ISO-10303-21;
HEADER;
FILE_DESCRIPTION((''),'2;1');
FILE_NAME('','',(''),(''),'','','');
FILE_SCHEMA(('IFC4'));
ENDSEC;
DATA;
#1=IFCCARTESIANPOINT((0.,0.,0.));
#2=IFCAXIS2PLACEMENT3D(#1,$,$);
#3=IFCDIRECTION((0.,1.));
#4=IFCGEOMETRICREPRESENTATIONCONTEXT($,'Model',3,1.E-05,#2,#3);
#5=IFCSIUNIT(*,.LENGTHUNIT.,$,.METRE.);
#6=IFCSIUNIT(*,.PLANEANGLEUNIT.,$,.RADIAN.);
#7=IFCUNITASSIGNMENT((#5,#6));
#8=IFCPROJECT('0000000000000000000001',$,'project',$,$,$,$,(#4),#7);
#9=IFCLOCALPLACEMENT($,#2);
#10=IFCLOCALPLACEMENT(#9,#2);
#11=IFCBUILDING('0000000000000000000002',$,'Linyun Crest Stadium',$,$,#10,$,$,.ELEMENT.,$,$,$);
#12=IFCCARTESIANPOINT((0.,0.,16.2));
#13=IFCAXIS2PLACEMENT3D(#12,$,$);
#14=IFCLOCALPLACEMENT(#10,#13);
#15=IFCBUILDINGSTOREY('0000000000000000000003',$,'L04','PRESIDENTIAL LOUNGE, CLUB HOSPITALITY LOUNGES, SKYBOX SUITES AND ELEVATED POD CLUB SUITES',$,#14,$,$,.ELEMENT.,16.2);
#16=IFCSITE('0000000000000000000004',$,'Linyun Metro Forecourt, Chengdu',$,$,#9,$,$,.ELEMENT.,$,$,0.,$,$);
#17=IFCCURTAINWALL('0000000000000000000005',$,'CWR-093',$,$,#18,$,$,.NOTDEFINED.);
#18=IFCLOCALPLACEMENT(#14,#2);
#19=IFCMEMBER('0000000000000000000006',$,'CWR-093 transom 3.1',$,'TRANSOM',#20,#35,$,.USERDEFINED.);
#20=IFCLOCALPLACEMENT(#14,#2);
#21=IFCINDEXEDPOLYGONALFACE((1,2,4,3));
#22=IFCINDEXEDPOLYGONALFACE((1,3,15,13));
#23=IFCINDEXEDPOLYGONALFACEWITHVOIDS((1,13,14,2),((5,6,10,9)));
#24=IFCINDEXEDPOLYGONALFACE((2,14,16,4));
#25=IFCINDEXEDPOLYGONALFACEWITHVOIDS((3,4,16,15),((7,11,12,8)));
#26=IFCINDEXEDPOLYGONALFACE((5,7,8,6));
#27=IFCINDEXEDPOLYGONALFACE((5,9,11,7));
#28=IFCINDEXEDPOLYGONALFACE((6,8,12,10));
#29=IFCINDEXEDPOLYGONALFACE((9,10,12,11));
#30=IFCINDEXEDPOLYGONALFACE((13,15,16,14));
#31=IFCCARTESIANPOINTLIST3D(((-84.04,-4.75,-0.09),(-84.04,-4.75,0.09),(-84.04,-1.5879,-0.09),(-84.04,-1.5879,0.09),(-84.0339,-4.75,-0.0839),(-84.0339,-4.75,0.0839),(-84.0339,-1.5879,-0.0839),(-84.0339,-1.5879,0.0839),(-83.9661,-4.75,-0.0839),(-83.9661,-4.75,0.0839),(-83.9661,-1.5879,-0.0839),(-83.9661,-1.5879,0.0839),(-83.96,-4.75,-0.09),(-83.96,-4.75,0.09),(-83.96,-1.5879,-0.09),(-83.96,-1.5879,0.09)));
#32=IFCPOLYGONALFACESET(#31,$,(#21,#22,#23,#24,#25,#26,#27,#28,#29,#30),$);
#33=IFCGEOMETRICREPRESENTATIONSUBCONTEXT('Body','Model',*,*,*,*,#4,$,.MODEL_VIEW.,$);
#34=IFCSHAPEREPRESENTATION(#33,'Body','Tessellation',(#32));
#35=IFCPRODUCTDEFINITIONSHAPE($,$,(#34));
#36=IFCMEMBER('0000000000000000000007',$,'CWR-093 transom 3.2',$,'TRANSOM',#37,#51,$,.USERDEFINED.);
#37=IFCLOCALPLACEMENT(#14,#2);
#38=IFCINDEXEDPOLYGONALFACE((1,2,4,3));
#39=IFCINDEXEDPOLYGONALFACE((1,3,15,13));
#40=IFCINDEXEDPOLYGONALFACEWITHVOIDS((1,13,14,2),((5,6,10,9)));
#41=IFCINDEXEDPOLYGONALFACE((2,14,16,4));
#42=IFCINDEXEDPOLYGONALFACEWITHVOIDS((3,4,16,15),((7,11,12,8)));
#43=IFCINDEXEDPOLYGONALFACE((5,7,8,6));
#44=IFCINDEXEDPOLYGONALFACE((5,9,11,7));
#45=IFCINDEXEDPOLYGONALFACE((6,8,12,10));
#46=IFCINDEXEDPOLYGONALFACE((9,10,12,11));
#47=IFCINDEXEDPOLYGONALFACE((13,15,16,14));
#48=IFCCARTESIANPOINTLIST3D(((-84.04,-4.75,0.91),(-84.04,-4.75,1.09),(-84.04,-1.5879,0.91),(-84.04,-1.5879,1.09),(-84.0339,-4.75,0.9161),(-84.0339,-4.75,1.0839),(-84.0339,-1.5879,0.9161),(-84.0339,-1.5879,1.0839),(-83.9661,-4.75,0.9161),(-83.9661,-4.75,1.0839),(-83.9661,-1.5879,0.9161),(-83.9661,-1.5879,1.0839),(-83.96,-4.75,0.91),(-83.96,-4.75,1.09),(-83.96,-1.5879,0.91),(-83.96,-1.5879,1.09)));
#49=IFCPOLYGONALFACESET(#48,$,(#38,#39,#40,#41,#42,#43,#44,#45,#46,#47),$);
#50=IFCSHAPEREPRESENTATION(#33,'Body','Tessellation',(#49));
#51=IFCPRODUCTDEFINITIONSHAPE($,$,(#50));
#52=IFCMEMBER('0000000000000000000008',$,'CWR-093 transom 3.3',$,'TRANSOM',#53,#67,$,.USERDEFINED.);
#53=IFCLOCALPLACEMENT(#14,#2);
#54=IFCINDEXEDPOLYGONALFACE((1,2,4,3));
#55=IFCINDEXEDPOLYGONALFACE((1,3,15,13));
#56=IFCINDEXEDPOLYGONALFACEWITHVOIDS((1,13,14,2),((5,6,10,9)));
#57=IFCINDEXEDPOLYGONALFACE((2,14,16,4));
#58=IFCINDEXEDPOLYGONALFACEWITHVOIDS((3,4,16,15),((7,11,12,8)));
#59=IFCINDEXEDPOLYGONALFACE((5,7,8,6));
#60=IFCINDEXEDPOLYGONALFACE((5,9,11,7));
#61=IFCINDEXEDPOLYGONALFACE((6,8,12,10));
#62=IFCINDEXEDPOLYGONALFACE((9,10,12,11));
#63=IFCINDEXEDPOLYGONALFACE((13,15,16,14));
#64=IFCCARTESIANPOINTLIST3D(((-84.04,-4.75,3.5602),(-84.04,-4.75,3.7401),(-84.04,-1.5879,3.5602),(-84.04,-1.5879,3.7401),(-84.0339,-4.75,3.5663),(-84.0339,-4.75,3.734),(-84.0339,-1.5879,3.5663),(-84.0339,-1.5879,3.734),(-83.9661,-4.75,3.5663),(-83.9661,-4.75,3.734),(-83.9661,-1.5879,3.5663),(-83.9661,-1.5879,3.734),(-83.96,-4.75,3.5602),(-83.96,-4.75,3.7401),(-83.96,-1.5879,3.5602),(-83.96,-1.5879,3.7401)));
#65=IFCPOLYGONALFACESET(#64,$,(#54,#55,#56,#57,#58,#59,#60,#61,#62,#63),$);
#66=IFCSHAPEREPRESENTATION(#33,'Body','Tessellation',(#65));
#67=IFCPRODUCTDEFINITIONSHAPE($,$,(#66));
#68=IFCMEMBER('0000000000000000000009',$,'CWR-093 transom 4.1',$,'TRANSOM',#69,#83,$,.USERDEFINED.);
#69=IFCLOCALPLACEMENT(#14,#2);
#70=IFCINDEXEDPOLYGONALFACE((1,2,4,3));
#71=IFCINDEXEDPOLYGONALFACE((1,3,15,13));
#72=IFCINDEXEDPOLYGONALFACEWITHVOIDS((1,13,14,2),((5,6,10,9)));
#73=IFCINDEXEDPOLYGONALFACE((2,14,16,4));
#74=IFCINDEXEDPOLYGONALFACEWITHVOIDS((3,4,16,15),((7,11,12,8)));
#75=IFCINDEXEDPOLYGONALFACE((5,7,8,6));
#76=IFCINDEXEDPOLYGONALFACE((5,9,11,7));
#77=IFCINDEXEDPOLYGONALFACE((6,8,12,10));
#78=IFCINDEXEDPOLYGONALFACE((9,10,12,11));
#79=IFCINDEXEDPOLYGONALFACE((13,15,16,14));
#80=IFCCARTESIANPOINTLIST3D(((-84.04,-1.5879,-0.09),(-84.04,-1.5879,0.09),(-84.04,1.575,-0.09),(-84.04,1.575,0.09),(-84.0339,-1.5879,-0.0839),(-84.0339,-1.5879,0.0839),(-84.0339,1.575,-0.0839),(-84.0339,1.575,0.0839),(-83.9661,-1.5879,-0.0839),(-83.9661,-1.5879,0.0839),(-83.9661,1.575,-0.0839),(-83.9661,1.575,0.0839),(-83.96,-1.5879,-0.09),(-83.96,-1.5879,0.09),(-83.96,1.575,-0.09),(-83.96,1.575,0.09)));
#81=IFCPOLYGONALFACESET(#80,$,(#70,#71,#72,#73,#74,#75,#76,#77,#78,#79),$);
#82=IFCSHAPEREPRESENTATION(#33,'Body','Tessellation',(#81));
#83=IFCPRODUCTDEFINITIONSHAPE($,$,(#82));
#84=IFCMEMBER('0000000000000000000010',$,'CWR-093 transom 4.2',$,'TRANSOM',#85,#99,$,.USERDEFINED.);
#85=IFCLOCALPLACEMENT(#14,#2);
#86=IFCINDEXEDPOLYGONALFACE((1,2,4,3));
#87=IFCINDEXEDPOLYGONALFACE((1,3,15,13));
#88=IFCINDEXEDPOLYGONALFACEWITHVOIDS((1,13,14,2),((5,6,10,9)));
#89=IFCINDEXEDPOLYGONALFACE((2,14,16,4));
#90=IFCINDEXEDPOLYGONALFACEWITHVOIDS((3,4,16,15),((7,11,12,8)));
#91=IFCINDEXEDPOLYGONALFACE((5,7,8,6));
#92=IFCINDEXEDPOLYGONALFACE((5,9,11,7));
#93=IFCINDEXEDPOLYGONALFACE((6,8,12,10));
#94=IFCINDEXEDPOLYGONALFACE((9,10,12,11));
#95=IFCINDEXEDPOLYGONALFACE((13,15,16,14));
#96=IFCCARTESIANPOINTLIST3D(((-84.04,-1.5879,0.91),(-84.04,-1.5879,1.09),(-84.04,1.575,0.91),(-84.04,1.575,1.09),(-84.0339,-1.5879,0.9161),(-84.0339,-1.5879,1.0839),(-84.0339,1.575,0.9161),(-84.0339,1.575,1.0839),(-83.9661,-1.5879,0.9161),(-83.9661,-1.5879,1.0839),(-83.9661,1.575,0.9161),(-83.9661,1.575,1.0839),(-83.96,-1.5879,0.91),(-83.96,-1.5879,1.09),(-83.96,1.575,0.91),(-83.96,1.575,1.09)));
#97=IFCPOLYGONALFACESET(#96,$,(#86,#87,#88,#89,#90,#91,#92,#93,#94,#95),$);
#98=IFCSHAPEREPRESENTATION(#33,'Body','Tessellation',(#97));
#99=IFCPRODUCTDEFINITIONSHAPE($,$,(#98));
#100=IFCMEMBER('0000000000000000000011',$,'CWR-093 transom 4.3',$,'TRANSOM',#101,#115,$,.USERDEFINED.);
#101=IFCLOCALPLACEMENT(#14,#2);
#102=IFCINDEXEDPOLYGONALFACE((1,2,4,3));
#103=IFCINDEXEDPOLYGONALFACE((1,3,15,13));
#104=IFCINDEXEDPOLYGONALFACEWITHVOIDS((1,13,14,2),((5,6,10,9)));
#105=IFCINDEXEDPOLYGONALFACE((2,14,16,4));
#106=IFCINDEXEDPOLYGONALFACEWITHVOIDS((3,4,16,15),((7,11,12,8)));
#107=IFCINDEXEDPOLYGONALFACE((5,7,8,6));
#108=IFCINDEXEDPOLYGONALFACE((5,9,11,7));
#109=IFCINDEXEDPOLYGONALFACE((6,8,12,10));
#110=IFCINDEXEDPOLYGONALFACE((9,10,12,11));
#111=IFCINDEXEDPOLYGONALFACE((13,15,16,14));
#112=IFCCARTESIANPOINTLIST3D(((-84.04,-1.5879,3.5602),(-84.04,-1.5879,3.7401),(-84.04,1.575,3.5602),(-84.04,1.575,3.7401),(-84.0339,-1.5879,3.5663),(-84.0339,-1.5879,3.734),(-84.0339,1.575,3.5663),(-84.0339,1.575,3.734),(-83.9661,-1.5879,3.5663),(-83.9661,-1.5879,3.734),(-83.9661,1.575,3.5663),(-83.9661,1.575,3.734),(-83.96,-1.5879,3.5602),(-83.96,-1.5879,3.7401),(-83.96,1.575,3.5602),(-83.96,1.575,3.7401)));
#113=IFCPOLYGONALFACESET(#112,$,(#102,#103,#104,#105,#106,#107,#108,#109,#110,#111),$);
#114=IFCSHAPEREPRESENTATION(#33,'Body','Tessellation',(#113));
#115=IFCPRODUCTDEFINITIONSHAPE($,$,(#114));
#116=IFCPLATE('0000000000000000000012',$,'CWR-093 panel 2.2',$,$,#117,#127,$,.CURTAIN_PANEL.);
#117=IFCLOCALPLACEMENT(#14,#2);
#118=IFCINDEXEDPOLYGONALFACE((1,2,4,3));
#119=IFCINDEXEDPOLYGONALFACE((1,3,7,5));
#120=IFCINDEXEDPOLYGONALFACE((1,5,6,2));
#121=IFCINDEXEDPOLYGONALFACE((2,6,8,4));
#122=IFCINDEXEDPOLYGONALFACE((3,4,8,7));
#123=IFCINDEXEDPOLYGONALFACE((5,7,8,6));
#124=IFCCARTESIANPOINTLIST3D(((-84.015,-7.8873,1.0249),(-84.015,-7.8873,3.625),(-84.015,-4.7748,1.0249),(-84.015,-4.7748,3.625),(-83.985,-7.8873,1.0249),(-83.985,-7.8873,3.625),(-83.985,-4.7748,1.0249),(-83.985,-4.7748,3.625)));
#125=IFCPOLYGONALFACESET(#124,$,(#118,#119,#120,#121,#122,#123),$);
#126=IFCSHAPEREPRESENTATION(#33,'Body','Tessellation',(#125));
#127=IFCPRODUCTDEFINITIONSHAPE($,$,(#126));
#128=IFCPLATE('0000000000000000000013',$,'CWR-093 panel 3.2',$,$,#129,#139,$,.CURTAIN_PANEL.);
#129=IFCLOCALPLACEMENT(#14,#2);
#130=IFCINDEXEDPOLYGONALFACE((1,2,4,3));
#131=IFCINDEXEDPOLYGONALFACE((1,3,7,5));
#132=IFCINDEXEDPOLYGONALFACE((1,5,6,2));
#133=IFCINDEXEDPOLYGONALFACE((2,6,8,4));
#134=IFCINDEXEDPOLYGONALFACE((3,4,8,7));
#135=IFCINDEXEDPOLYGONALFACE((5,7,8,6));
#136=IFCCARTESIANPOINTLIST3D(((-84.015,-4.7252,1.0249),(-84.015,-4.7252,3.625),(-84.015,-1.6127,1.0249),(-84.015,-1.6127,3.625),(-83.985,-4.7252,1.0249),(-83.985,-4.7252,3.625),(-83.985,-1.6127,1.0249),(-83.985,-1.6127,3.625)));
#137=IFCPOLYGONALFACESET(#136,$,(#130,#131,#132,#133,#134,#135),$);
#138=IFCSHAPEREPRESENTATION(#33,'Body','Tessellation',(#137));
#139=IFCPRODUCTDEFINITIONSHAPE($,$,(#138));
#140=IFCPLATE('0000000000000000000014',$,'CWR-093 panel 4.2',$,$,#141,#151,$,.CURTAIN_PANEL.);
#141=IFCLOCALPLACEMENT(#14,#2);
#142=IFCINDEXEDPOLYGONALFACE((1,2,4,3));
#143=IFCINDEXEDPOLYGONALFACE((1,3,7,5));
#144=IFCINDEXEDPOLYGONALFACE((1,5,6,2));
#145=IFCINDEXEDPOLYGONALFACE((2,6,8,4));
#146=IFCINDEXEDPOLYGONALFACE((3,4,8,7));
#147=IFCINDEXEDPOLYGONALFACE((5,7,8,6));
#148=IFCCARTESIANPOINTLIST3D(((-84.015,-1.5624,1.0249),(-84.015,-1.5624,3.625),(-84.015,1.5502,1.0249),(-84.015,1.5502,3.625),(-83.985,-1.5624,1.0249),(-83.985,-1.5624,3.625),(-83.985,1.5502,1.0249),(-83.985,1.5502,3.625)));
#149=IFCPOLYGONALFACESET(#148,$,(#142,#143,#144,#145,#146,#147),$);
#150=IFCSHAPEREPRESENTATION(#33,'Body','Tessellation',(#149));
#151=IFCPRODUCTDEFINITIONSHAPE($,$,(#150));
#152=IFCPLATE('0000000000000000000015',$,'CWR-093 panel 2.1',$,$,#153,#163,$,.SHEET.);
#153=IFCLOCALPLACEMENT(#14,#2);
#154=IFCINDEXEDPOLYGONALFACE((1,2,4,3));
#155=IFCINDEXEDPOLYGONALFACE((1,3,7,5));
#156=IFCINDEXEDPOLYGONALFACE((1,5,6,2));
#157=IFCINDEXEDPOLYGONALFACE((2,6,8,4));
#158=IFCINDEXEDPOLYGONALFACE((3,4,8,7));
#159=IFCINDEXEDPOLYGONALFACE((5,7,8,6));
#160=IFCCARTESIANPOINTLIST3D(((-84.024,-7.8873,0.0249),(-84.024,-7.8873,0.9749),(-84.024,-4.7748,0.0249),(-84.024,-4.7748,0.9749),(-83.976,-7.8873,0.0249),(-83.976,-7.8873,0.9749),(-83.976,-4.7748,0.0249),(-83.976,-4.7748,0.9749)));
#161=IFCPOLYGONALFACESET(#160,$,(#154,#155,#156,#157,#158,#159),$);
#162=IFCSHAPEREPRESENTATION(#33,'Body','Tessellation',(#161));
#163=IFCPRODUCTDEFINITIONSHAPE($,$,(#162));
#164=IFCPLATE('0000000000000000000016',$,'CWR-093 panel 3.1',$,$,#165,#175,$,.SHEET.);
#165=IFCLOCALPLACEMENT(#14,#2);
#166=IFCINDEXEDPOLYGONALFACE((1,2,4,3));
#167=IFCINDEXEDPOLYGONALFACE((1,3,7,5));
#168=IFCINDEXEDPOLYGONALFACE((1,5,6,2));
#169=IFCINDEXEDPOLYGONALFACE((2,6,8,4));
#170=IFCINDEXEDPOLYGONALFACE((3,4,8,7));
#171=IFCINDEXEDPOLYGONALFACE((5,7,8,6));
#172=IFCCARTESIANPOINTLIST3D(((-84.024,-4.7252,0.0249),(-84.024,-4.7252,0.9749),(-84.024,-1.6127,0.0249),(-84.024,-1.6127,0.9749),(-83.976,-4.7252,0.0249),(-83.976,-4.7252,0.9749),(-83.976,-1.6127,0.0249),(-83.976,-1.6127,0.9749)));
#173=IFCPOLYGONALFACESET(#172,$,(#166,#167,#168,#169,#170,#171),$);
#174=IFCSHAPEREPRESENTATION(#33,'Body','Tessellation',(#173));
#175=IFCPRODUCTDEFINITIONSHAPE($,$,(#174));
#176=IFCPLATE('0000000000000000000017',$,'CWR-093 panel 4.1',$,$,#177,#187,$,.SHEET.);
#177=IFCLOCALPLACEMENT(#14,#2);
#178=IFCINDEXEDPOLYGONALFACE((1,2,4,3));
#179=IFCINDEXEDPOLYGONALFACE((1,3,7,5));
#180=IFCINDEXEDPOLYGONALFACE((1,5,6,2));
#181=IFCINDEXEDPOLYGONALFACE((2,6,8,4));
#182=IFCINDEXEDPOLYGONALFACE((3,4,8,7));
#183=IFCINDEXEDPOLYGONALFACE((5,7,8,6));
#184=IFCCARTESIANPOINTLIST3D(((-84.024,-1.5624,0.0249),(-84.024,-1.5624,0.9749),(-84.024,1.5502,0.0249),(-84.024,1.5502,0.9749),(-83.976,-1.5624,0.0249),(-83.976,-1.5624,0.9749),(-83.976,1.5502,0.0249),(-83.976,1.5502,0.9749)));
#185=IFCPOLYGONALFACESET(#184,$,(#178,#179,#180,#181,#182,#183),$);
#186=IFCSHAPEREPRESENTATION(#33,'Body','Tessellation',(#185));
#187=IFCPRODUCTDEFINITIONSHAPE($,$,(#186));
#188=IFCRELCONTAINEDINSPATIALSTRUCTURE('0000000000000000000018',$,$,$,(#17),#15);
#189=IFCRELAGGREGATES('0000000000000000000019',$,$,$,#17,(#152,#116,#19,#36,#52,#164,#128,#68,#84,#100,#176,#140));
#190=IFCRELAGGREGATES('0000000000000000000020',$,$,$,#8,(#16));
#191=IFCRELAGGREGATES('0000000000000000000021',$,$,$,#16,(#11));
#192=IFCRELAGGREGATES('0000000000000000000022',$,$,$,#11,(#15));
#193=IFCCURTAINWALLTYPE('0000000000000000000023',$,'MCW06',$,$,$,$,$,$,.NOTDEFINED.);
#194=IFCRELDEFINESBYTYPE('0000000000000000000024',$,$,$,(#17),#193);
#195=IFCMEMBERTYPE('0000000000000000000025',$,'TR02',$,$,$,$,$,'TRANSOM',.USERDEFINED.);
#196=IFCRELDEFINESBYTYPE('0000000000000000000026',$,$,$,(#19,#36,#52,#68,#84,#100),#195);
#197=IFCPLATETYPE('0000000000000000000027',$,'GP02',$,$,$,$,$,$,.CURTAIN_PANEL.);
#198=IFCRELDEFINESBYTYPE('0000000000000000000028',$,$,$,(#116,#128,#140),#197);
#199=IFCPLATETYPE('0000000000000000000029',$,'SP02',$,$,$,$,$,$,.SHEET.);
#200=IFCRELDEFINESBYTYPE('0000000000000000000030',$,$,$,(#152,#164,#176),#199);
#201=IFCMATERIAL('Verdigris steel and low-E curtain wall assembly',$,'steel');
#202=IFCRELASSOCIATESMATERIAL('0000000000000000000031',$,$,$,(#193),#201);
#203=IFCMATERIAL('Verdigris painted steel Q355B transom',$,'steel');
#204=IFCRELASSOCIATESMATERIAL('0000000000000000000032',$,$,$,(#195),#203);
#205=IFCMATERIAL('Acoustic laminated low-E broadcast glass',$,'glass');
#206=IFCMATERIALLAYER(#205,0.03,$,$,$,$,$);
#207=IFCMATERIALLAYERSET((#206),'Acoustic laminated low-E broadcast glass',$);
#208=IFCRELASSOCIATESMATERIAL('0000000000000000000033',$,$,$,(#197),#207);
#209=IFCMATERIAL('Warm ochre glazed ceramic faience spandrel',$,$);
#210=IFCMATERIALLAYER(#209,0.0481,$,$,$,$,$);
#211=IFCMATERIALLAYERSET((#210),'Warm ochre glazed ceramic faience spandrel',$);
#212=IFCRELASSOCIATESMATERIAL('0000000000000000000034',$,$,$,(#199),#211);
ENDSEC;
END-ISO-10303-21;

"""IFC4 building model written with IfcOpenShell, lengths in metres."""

from ifc_helpers import new_model, si_unit, direction, frame, origin, origin_2d, place, context, subcontext, project, spatial, rectangle, hollow_rectangle, extrude, material, layer, layer_set, material_profile, profile_set, type_object, element, aggregate, save


model = new_model("IFC4")

# Units and contexts
model_context = context("Model", 3, precision=1e-05, world=origin(), true_north=direction((0.0, 1.0)))
body_context = subcontext(model_context, "Body", "Model", "MODEL_VIEW")
ifc_project = project(units=[si_unit("LENGTHUNIT", "METRE"), si_unit("PLANEANGLEUNIT", "RADIAN")], contexts=[model_context])

# Site, building, storey
site_placement = place(None, origin())
site = spatial("IfcSite", under=ifc_project, at=site_placement, Name="Linyun Metro Forecourt, Chengdu", CompositionType="ELEMENT", RefElevation=0.0)
building_placement = place(site_placement, origin())
building = spatial("IfcBuilding", under=site, at=building_placement, Name="Linyun Crest Stadium", CompositionType="ELEMENT")
storey_placement = place(building_placement, frame((0.0, 0.0, 16.2)))
storey = spatial("IfcBuildingStorey", under=building, at=storey_placement, Name="L04", Description="PRESIDENTIAL LOUNGE, CLUB HOSPITALITY LOUNGES, SKYBOX SUITES AND ELEVATED POD CLUB SUITES", CompositionType="ELEMENT", Elevation=16.2)

# Curtain wall
ifc_material_1 = material(Name="Verdigris steel and low-E curtain wall assembly", Category="steel")
curtain_wall_type = type_object("IfcCurtainWallType", Name="MCW06", PredefinedType="NOTDEFINED", material=ifc_material_1)
curtain_wall_placement = place(storey_placement, origin())
curtain_wall = element("IfcCurtainWall", 1, at=curtain_wall_placement, inside=storey, type_object=curtain_wall_type, Name="CWR-093", PredefinedType="NOTDEFINED")

# Members
ifc_material_2 = material(Name="Verdigris painted steel Q355B transom", Category="steel")
ifc_material_profile_1 = material_profile(ifc_material_2, hollow_rectangle(XDim=0.0801, YDim=0.1799, WallThickness=0.0061, at=origin_2d()), Name="RHS 180x80x6")
ifc_profile_set_1 = profile_set([ifc_material_profile_1], Name="Verdigris painted steel Q355B transom")
member_type_1 = type_object("IfcMemberType", Name="TR02", ElementType="TRANSOM", PredefinedType="USERDEFINED", material=ifc_profile_set_1)
member_1_placement = place(storey_placement, frame((-84.0, -4.75, 0.0), z_axis=(0.0, 1.0, 0.0), x_axis=(-1.0, 0.0, 0.0)))
member_1 = element("IfcMember", 2, at=member_1_placement, type_object=member_type_1, Name="CWR-093 transom 3.1", ObjectType="TRANSOM", PredefinedType="USERDEFINED", context=body_context, shape_type="SweptSolid", body=[
    extrude(hollow_rectangle(XDim=0.0801, YDim=0.1799, WallThickness=0.0061, at=origin_2d()), origin(), (0.0, 0.0, 1.0), 3.1621),
])
member_2_placement = place(storey_placement, frame((-84.0, -4.75, 1.0), z_axis=(0.0, 1.0, 0.0), x_axis=(-1.0, 0.0, 0.0)))
member_2 = element("IfcMember", 3, at=member_2_placement, type_object=member_type_1, Name="CWR-093 transom 3.2", ObjectType="TRANSOM", PredefinedType="USERDEFINED", context=body_context, shape_type="SweptSolid", body=[
    extrude(hollow_rectangle(XDim=0.0801, YDim=0.1799, WallThickness=0.0061, at=origin_2d()), origin(), (0.0, 0.0, 1.0), 3.1621),
])
member_3_placement = place(storey_placement, frame((-84.0, -4.75, 3.6501), z_axis=(0.0, 1.0, 0.0), x_axis=(-1.0, 0.0, 0.0)))
member_3 = element("IfcMember", 4, at=member_3_placement, type_object=member_type_1, Name="CWR-093 transom 3.3", ObjectType="TRANSOM", PredefinedType="USERDEFINED", context=body_context, shape_type="SweptSolid", body=[
    extrude(hollow_rectangle(XDim=0.0801, YDim=0.1799, WallThickness=0.0061, at=origin_2d()), origin(), (0.0, 0.0, 1.0), 3.1621),
])
member_4_placement = place(storey_placement, frame((-84.0, -1.5879, 0.0), z_axis=(0.0, 1.0, 0.0), x_axis=(-1.0, 0.0, 0.0)))
member_4 = element("IfcMember", 5, at=member_4_placement, type_object=member_type_1, Name="CWR-093 transom 4.1", ObjectType="TRANSOM", PredefinedType="USERDEFINED", context=body_context, shape_type="SweptSolid", body=[
    extrude(hollow_rectangle(XDim=0.0801, YDim=0.1799, WallThickness=0.0061, at=origin_2d()), origin(), (0.0, 0.0, 1.0), 3.1628),
])
member_5_placement = place(storey_placement, frame((-84.0, -1.5879, 1.0), z_axis=(0.0, 1.0, 0.0), x_axis=(-1.0, 0.0, 0.0)))
member_5 = element("IfcMember", 6, at=member_5_placement, type_object=member_type_1, Name="CWR-093 transom 4.2", ObjectType="TRANSOM", PredefinedType="USERDEFINED", context=body_context, shape_type="SweptSolid", body=[
    extrude(hollow_rectangle(XDim=0.0801, YDim=0.1799, WallThickness=0.0061, at=origin_2d()), origin(), (0.0, 0.0, 1.0), 3.1628),
])
member_6_placement = place(storey_placement, frame((-84.0, -1.5879, 3.6501), z_axis=(0.0, 1.0, 0.0), x_axis=(-1.0, 0.0, 0.0)))
member_6 = element("IfcMember", 7, at=member_6_placement, type_object=member_type_1, Name="CWR-093 transom 4.3", ObjectType="TRANSOM", PredefinedType="USERDEFINED", context=body_context, shape_type="SweptSolid", body=[
    extrude(hollow_rectangle(XDim=0.0801, YDim=0.1799, WallThickness=0.0061, at=origin_2d()), origin(), (0.0, 0.0, 1.0), 3.1628),
])

# Plates
ifc_material_3 = material(Name="Acoustic laminated low-E broadcast glass", Category="glass")
ifc_layer_1 = layer(ifc_material_3, 0.03)
ifc_layer_set_1 = layer_set([ifc_layer_1], Name="Acoustic laminated low-E broadcast glass")
plate_type_1 = type_object("IfcPlateType", Name="GP02", PredefinedType="CURTAIN_PANEL", material=ifc_layer_set_1)
plate_1_placement = place(storey_placement, frame((-84.0, -6.3311, 1.0249), z_axis=(0.0, 0.0, 1.0), x_axis=(0.0, 1.0, 0.0)))
plate_1 = element("IfcPlate", 8, at=plate_1_placement, type_object=plate_type_1, Name="CWR-093 panel 2.2", PredefinedType="CURTAIN_PANEL", context=body_context, shape_type="SweptSolid", body=[
    extrude(rectangle(XDim=3.1125, YDim=0.03, at=origin_2d()), origin(), (0.0, 0.0, 1.0), 2.6001),
])
plate_2_placement = place(storey_placement, frame((-84.0, -3.1689, 1.0249), z_axis=(0.0, 0.0, 1.0), x_axis=(0.0, 1.0, 0.0)))
plate_2 = element("IfcPlate", 9, at=plate_2_placement, type_object=plate_type_1, Name="CWR-093 panel 3.2", PredefinedType="CURTAIN_PANEL", context=body_context, shape_type="SweptSolid", body=[
    extrude(rectangle(XDim=3.1125, YDim=0.03, at=origin_2d()), origin(), (0.0, 0.0, 1.0), 2.6001),
])
plate_3_placement = place(storey_placement, frame((-84.0, -0.0061, 1.0249), z_axis=(0.0, 0.0, 1.0), x_axis=(0.0, 1.0, 0.0)))
plate_3 = element("IfcPlate", 10, at=plate_3_placement, type_object=plate_type_1, Name="CWR-093 panel 4.2", PredefinedType="CURTAIN_PANEL", context=body_context, shape_type="SweptSolid", body=[
    extrude(rectangle(XDim=3.1125, YDim=0.03, at=origin_2d()), origin(), (0.0, 0.0, 1.0), 2.6001),
])
ifc_material_4 = material(Name="Warm ochre glazed ceramic faience spandrel")
ifc_layer_2 = layer(ifc_material_4, 0.0481)
ifc_layer_set_2 = layer_set([ifc_layer_2], Name="Warm ochre glazed ceramic faience spandrel")
plate_type_2 = type_object("IfcPlateType", Name="SP02", PredefinedType="SHEET", material=ifc_layer_set_2)
plate_4_placement = place(storey_placement, frame((-84.0, -6.3311, 0.0249), z_axis=(0.0, 0.0, 1.0), x_axis=(0.0, 1.0, 0.0)))
plate_4 = element("IfcPlate", 11, at=plate_4_placement, type_object=plate_type_2, Name="CWR-093 panel 2.1", PredefinedType="SHEET", context=body_context, shape_type="SweptSolid", body=[
    extrude(rectangle(XDim=3.1125, YDim=0.0481, at=origin_2d()), origin(), (0.0, 0.0, 1.0), 0.95),
])
plate_5_placement = place(storey_placement, frame((-84.0, -3.1689, 0.0249), z_axis=(0.0, 0.0, 1.0), x_axis=(0.0, 1.0, 0.0)))
plate_5 = element("IfcPlate", 12, at=plate_5_placement, type_object=plate_type_2, Name="CWR-093 panel 3.1", PredefinedType="SHEET", context=body_context, shape_type="SweptSolid", body=[
    extrude(rectangle(XDim=3.1125, YDim=0.0481, at=origin_2d()), origin(), (0.0, 0.0, 1.0), 0.95),
])
plate_6_placement = place(storey_placement, frame((-84.0, -0.0061, 0.0249), z_axis=(0.0, 0.0, 1.0), x_axis=(0.0, 1.0, 0.0)))
plate_6 = element("IfcPlate", 13, at=plate_6_placement, type_object=plate_type_2, Name="CWR-093 panel 4.1", PredefinedType="SHEET", context=body_context, shape_type="SweptSolid", body=[
    extrude(rectangle(XDim=3.1125, YDim=0.0481, at=origin_2d()), origin(), (0.0, 0.0, 1.0), 0.95),
])
aggregate(curtain_wall, [plate_4, plate_1, member_1, member_2, member_3, plate_5, plate_2, member_4, member_5, member_6, plate_6, plate_3])

save(model, "model.ifc")
